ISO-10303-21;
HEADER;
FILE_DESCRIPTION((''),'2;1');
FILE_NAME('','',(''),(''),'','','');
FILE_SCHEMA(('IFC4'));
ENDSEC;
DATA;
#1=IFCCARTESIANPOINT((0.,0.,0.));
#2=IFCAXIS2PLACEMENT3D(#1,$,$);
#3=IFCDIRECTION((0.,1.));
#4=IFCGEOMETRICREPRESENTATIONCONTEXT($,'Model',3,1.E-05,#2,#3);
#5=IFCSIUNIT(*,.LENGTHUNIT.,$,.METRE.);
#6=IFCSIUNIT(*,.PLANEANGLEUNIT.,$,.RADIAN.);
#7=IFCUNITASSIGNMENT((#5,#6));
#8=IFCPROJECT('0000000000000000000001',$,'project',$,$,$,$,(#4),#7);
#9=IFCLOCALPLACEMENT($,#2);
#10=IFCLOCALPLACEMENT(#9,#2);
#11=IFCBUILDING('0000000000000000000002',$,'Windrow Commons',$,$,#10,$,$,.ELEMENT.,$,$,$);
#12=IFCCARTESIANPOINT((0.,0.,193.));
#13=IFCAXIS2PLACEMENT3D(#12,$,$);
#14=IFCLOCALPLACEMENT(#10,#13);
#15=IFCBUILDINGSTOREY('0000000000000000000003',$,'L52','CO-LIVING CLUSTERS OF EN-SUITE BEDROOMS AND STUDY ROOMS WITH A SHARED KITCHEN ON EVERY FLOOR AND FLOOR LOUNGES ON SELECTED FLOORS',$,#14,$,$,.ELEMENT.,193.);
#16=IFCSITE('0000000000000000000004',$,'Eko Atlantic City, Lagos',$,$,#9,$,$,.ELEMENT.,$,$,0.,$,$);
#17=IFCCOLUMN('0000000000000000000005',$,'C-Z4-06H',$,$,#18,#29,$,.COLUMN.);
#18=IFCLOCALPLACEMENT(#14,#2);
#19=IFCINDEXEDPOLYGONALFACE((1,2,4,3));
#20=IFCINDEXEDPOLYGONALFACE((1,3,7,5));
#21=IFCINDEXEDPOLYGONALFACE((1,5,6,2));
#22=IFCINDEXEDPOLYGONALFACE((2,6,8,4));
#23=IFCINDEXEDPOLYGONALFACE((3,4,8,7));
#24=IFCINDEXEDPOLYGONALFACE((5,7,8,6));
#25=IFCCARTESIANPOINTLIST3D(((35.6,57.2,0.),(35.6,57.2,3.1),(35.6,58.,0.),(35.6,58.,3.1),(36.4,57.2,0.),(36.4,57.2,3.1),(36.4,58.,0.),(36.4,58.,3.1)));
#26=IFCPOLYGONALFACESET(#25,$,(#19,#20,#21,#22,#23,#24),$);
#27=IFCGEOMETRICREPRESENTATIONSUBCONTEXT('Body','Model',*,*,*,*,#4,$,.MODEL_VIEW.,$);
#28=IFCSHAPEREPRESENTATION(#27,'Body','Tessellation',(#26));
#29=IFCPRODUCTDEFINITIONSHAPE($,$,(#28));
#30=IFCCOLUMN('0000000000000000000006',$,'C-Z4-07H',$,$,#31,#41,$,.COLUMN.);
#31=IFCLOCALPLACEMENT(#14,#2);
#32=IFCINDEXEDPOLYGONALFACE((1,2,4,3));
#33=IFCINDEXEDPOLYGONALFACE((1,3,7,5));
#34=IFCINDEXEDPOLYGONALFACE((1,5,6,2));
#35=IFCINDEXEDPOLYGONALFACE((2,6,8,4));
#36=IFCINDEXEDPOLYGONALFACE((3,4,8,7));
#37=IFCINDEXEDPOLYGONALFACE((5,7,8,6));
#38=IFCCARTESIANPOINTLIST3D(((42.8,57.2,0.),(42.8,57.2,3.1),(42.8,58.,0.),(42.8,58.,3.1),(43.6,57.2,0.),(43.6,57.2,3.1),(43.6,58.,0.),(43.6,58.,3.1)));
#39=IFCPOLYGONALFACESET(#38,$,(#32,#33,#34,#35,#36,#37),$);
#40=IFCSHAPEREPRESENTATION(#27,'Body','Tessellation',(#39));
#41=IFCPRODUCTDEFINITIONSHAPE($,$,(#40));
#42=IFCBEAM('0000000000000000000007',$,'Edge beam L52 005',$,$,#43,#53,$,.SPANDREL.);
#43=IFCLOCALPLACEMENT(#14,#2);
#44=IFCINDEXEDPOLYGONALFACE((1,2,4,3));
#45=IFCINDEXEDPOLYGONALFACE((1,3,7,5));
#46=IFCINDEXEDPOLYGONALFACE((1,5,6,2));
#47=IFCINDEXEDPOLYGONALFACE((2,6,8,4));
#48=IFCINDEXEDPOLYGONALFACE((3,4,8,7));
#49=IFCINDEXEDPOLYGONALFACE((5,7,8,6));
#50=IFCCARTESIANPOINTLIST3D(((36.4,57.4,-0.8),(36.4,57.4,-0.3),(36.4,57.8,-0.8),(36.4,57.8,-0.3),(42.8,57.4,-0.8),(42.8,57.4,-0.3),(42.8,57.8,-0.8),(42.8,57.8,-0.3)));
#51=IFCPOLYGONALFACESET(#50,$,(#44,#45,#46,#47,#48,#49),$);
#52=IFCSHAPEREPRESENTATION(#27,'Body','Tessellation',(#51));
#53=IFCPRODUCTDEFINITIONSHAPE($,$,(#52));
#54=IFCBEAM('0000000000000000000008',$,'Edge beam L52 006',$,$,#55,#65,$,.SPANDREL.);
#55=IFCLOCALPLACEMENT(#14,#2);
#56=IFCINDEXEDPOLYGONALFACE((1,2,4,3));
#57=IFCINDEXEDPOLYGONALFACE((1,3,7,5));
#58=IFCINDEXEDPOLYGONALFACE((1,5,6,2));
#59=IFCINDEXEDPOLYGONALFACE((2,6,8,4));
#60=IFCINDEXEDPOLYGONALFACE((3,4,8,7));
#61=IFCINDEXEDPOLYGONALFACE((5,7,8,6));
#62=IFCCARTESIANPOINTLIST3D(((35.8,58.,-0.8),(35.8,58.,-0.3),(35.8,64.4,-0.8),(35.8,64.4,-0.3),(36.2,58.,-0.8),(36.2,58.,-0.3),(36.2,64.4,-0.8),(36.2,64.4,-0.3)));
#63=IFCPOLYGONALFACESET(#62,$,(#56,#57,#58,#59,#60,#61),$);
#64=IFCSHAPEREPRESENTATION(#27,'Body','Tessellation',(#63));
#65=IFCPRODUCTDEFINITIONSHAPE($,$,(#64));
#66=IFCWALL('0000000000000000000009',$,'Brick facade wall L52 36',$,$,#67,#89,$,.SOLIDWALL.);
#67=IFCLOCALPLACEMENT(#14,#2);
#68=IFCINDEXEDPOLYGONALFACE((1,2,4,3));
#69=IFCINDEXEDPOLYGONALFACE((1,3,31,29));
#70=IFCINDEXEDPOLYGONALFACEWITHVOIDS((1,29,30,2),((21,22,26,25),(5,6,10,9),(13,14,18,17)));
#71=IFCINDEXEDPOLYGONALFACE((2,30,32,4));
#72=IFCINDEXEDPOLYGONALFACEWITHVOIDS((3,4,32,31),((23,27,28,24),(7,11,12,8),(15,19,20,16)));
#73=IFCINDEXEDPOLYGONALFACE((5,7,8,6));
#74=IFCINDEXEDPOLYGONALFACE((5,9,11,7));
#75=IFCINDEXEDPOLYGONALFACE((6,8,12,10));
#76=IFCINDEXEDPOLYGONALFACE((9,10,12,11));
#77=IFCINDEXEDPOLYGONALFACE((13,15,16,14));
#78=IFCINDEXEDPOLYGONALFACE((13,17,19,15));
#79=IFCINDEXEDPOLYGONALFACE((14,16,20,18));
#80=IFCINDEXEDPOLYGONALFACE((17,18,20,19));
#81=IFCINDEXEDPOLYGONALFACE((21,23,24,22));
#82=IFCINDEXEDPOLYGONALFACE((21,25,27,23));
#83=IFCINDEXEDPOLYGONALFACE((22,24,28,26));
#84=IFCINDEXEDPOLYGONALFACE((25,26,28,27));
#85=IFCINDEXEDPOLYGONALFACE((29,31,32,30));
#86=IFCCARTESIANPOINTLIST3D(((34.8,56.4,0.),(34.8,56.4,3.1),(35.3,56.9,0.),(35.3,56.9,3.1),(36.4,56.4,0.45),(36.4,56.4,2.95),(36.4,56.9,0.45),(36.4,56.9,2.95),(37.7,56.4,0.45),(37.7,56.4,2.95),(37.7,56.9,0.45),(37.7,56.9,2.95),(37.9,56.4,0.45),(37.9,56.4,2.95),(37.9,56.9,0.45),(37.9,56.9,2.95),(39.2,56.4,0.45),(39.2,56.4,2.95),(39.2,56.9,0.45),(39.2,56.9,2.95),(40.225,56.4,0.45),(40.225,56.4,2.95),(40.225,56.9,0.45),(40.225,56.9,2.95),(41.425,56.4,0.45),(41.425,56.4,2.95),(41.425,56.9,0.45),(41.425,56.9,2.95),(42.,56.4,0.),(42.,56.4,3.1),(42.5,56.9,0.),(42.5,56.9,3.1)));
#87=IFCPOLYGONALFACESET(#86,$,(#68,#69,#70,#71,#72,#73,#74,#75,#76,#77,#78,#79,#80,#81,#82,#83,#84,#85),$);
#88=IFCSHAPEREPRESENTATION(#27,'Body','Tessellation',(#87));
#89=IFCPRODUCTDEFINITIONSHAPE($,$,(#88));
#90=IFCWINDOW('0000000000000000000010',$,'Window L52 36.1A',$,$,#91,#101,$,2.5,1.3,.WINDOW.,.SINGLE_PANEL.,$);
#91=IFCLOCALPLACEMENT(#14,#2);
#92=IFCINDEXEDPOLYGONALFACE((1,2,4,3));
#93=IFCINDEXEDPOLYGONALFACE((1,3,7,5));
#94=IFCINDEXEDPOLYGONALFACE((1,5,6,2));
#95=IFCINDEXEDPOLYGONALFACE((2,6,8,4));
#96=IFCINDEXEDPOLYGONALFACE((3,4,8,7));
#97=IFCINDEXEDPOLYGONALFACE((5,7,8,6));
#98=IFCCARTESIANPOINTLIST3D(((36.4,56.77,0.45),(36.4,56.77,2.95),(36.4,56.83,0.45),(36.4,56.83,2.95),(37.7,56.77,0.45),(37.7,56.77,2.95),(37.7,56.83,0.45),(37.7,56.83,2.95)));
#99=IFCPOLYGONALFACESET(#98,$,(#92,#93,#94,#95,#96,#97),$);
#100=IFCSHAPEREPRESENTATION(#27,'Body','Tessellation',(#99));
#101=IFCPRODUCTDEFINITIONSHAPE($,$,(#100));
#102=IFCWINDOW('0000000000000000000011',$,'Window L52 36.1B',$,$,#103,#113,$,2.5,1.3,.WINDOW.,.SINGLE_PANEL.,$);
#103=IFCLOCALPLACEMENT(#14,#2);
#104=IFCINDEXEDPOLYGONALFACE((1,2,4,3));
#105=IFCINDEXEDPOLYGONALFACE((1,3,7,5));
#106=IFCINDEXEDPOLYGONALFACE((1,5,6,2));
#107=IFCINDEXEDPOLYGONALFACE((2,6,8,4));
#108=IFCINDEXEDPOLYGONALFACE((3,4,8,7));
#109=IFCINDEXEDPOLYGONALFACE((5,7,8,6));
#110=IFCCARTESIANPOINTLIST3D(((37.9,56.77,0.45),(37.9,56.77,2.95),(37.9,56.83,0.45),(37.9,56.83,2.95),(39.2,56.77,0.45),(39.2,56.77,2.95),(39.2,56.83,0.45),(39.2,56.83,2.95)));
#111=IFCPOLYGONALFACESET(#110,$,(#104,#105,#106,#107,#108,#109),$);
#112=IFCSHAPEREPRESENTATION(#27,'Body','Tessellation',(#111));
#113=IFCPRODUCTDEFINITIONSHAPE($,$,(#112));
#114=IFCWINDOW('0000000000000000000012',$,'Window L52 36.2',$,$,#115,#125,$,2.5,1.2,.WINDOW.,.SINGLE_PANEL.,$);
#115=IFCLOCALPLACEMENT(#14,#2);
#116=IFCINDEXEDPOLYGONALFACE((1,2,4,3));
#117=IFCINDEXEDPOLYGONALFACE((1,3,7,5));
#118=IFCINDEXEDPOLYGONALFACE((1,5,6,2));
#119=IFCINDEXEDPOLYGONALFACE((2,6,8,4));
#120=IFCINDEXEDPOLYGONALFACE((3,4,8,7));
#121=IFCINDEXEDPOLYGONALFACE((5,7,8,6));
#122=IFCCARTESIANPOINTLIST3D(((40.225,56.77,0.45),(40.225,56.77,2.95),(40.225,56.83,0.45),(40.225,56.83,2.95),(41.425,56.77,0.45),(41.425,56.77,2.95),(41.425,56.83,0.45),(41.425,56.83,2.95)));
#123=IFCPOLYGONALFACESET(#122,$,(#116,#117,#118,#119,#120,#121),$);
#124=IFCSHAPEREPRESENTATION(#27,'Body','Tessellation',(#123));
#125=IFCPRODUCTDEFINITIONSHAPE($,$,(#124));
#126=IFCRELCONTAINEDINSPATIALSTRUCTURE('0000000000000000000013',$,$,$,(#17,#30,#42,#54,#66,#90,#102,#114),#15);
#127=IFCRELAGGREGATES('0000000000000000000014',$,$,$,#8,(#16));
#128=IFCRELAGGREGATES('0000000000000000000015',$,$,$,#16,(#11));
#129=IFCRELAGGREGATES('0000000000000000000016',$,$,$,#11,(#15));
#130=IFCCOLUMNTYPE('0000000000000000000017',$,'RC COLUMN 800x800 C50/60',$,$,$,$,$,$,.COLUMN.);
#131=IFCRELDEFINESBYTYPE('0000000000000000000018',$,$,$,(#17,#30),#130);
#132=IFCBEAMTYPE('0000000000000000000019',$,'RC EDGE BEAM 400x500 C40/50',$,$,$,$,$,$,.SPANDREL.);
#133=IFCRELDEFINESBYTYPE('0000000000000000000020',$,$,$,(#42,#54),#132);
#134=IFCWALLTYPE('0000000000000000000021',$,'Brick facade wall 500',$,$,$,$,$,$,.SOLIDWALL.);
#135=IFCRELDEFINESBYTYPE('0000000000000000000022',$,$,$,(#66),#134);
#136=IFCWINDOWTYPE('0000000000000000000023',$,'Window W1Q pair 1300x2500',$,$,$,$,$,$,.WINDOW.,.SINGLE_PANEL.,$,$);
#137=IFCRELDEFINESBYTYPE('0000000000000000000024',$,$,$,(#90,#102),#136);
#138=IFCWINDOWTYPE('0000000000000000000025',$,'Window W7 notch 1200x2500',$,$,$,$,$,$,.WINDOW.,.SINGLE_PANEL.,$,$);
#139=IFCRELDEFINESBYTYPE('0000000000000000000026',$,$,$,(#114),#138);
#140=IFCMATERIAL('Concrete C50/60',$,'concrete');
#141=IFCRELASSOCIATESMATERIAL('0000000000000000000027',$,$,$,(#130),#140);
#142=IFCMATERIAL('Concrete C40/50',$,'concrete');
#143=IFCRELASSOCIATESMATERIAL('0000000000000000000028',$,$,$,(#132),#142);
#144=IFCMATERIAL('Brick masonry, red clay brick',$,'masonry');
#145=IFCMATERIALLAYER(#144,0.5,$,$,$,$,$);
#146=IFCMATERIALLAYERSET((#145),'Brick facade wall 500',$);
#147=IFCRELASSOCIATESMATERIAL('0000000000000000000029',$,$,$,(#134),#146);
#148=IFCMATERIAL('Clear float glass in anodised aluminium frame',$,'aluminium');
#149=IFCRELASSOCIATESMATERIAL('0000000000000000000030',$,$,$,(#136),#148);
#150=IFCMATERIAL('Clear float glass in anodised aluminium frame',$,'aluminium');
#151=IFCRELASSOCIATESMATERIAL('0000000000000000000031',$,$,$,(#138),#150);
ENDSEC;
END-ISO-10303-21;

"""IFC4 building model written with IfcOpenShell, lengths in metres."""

from ifc_helpers import new_model, si_unit, direction, frame, frame_2d, origin, origin_2d, place, context, subcontext, project, spatial, polyline, rectangle, outline, extrude, material, layer, layer_set, material_profile, profile_set, type_object, element, fill, save


model = new_model("IFC4")

# Units and contexts
model_context = context("Model", 3, precision=1e-05, world=origin(), true_north=direction((0.0, 1.0)))
body_context = subcontext(model_context, "Body", "Model", "MODEL_VIEW")
ifc_project = project(units=[si_unit("LENGTHUNIT", "METRE"), si_unit("PLANEANGLEUNIT", "RADIAN")], contexts=[model_context])

# Site, building, storey
site_placement = place(None, origin())
site = spatial("IfcSite", under=ifc_project, at=site_placement, Name="Eko Atlantic City, Lagos", CompositionType="ELEMENT", RefElevation=0.0)
building_placement = place(site_placement, origin())
building = spatial("IfcBuilding", under=site, at=building_placement, Name="Windrow Commons", CompositionType="ELEMENT")
storey_placement = place(building_placement, frame((0.0, 0.0, 193.0)))
storey = spatial("IfcBuildingStorey", under=building, at=storey_placement, Name="L52", Description="CO-LIVING CLUSTERS OF EN-SUITE BEDROOMS AND STUDY ROOMS WITH A SHARED KITCHEN ON EVERY FLOOR AND FLOOR LOUNGES ON SELECTED FLOORS", CompositionType="ELEMENT", Elevation=193.0)

# Columns
ifc_material_1 = material(Name="Concrete C50/60", Category="concrete")
ifc_material_profile_1 = material_profile(ifc_material_1, rectangle(XDim=0.8, YDim=0.8, at=origin_2d()))
ifc_profile_set_1 = profile_set([ifc_material_profile_1], Name="Concrete C50/60")
column_type = type_object("IfcColumnType", Name="RC COLUMN 800x800 C50/60", PredefinedType="COLUMN", material=ifc_profile_set_1)
for number, where, z_axis, x_axis, name in (
    (1, (36.0, 57.6, 0.0), (0.0, 0.0, 1.0), (1.0, 0.0, 0.0), "C-Z4-06H"),
    (2, (43.2, 57.6, 0.0), (0.0, 0.0, 1.0), (1.0, 0.0, 0.0), "C-Z4-07H"),
):
    element("IfcColumn", number, at=place(storey_placement, frame(where, z_axis=z_axis, x_axis=x_axis)), inside=storey, type_object=column_type, Name=name, PredefinedType="COLUMN", context=body_context, shape_type="SweptSolid", body=[
        extrude(rectangle(XDim=0.8, YDim=0.8, at=origin_2d()), origin(), (0.0, 0.0, 1.0), 3.1),
    ])

# Beams
ifc_material_2 = material(Name="Concrete C40/50", Category="concrete")
ifc_material_profile_2 = material_profile(ifc_material_2, rectangle(XDim=0.4, YDim=0.5, at=origin_2d()))
ifc_profile_set_2 = profile_set([ifc_material_profile_2], Name="Concrete C40/50")
beam_type = type_object("IfcBeamType", Name="RC EDGE BEAM 400x500 C40/50", PredefinedType="SPANDREL", material=ifc_profile_set_2)
for number, where, z_axis, x_axis, name in (
    (3, (42.8, 57.6, -0.55), (-1.0, 0.0, 0.0), (0.0, -1.0, 0.0), "Edge beam L52 005"),
    (4, (36.0, 58.0, -0.55), (0.0, 1.0, 0.0), (-1.0, 0.0, 0.0), "Edge beam L52 006"),
):
    element("IfcBeam", number, at=place(storey_placement, frame(where, z_axis=z_axis, x_axis=x_axis)), inside=storey, type_object=beam_type, Name=name, PredefinedType="SPANDREL", context=body_context, shape_type="SweptSolid", body=[
        extrude(rectangle(XDim=0.4, YDim=0.5, at=origin_2d()), origin(), (0.0, 0.0, 1.0), 6.4),
    ])

# Wall, openings, windows
ifc_material_3 = material(Name="Brick masonry, red clay brick", Category="masonry")
ifc_layer_1 = layer(ifc_material_3, 0.5)
ifc_layer_set_1 = layer_set([ifc_layer_1], Name="Brick facade wall 500")
wall_type_1 = type_object("IfcWallType", Name="Brick facade wall 500", PredefinedType="SOLIDWALL", material=ifc_layer_set_1)
wall_1_placement = place(storey_placement, frame((35.05, 56.65, 0.0), z_axis=(0.0, 0.0, 1.0), x_axis=(1.0, 0.0, 0.0)))
wall_1 = element("IfcWall", 5, at=wall_1_placement, inside=storey, type_object=wall_type_1, Name="Brick facade wall L52 36", PredefinedType="SOLIDWALL", context=body_context, shape_type="SweptSolid", body=[
    extrude(outline(polyline([(-0.25, -0.25), (6.95, -0.25), (7.45, 0.25), (0.25, 0.25), (-0.25, -0.25)])), origin(), (0.0, 0.0, 1.0), 3.1),
])
opening_1_placement = place(wall_1_placement, frame((1.35, 0.0, 0.45)))
opening_1 = element("IfcOpeningElement", 6, at=opening_1_placement, cuts=wall_1, PredefinedType="OPENING", context=body_context, shape_type="SweptSolid", body=[
    extrude(rectangle(XDim=1.3, YDim=2.5, at=frame_2d((0.65, 1.25))), frame((0.0, 0.26, 0.0), z_axis=(0.0, -1.0, 0.0), x_axis=(1.0, 0.0, 0.0)), (0.0, 0.0, 1.0), 0.52),
])
opening_2_placement = place(wall_1_placement, frame((2.85, 0.0, 0.45)))
opening_2 = element("IfcOpeningElement", 7, at=opening_2_placement, cuts=wall_1, PredefinedType="OPENING", context=body_context, shape_type="SweptSolid", body=[
    extrude(rectangle(XDim=1.3, YDim=2.5, at=frame_2d((0.65, 1.25))), frame((0.0, 0.26, 0.0), z_axis=(0.0, -1.0, 0.0), x_axis=(1.0, 0.0, 0.0)), (0.0, 0.0, 1.0), 0.52),
])
opening_3_placement = place(wall_1_placement, frame((5.175, 0.0, 0.45)))
opening_3 = element("IfcOpeningElement", 8, at=opening_3_placement, cuts=wall_1, PredefinedType="OPENING", context=body_context, shape_type="SweptSolid", body=[
    extrude(rectangle(XDim=1.2, YDim=2.5, at=frame_2d((0.6, 1.25))), frame((0.0, 0.26, 0.0), z_axis=(0.0, -1.0, 0.0), x_axis=(1.0, 0.0, 0.0)), (0.0, 0.0, 1.0), 0.52),
])
ifc_material_4 = material(Name="Clear float glass in anodised aluminium frame", Category="aluminium")
window_type_1 = type_object("IfcWindowType", Name="Window W1Q pair 1300x2500", PartitioningType="SINGLE_PANEL", PredefinedType="WINDOW", material=ifc_material_4)
window_1_placement = place(opening_1_placement, origin())
window_1 = element("IfcWindow", 9, at=window_1_placement, inside=storey, type_object=window_type_1, Name="Window L52 36.1A", OverallHeight=2.5, OverallWidth=1.3, PartitioningType="SINGLE_PANEL", PredefinedType="WINDOW", context=body_context, shape_type="SweptSolid", body=[
    extrude(rectangle(XDim=1.3, YDim=2.5, at=frame_2d((0.65, 1.25))), frame((0.0, 0.18, 0.0), z_axis=(0.0, -1.0, 0.0), x_axis=(1.0, 0.0, 0.0)), (0.0, 0.0, 1.0), 0.06),
])
fill(opening_1, window_1)
window_2_placement = place(opening_2_placement, origin())
window_2 = element("IfcWindow", 10, at=window_2_placement, inside=storey, type_object=window_type_1, Name="Window L52 36.1B", OverallHeight=2.5, OverallWidth=1.3, PartitioningType="SINGLE_PANEL", PredefinedType="WINDOW", context=body_context, shape_type="SweptSolid", body=[
    extrude(rectangle(XDim=1.3, YDim=2.5, at=frame_2d((0.65, 1.25))), frame((0.0, 0.18, 0.0), z_axis=(0.0, -1.0, 0.0), x_axis=(1.0, 0.0, 0.0)), (0.0, 0.0, 1.0), 0.06),
])
fill(opening_2, window_2)
ifc_material_5 = material(Name="Clear float glass in anodised aluminium frame", Category="aluminium")
window_type_2 = type_object("IfcWindowType", Name="Window W7 notch 1200x2500", PartitioningType="SINGLE_PANEL", PredefinedType="WINDOW", material=ifc_material_5)
window_3_placement = place(opening_3_placement, origin())
window_3 = element("IfcWindow", 11, at=window_3_placement, inside=storey, type_object=window_type_2, Name="Window L52 36.2", OverallHeight=2.5, OverallWidth=1.2, PartitioningType="SINGLE_PANEL", PredefinedType="WINDOW", context=body_context, shape_type="SweptSolid", body=[
    extrude(rectangle(XDim=1.2, YDim=2.5, at=frame_2d((0.6, 1.25))), frame((0.0, 0.18, 0.0), z_axis=(0.0, -1.0, 0.0), x_axis=(1.0, 0.0, 0.0)), (0.0, 0.0, 1.0), 0.06),
])
fill(opening_3, window_3)

save(model, "model.ifc")
